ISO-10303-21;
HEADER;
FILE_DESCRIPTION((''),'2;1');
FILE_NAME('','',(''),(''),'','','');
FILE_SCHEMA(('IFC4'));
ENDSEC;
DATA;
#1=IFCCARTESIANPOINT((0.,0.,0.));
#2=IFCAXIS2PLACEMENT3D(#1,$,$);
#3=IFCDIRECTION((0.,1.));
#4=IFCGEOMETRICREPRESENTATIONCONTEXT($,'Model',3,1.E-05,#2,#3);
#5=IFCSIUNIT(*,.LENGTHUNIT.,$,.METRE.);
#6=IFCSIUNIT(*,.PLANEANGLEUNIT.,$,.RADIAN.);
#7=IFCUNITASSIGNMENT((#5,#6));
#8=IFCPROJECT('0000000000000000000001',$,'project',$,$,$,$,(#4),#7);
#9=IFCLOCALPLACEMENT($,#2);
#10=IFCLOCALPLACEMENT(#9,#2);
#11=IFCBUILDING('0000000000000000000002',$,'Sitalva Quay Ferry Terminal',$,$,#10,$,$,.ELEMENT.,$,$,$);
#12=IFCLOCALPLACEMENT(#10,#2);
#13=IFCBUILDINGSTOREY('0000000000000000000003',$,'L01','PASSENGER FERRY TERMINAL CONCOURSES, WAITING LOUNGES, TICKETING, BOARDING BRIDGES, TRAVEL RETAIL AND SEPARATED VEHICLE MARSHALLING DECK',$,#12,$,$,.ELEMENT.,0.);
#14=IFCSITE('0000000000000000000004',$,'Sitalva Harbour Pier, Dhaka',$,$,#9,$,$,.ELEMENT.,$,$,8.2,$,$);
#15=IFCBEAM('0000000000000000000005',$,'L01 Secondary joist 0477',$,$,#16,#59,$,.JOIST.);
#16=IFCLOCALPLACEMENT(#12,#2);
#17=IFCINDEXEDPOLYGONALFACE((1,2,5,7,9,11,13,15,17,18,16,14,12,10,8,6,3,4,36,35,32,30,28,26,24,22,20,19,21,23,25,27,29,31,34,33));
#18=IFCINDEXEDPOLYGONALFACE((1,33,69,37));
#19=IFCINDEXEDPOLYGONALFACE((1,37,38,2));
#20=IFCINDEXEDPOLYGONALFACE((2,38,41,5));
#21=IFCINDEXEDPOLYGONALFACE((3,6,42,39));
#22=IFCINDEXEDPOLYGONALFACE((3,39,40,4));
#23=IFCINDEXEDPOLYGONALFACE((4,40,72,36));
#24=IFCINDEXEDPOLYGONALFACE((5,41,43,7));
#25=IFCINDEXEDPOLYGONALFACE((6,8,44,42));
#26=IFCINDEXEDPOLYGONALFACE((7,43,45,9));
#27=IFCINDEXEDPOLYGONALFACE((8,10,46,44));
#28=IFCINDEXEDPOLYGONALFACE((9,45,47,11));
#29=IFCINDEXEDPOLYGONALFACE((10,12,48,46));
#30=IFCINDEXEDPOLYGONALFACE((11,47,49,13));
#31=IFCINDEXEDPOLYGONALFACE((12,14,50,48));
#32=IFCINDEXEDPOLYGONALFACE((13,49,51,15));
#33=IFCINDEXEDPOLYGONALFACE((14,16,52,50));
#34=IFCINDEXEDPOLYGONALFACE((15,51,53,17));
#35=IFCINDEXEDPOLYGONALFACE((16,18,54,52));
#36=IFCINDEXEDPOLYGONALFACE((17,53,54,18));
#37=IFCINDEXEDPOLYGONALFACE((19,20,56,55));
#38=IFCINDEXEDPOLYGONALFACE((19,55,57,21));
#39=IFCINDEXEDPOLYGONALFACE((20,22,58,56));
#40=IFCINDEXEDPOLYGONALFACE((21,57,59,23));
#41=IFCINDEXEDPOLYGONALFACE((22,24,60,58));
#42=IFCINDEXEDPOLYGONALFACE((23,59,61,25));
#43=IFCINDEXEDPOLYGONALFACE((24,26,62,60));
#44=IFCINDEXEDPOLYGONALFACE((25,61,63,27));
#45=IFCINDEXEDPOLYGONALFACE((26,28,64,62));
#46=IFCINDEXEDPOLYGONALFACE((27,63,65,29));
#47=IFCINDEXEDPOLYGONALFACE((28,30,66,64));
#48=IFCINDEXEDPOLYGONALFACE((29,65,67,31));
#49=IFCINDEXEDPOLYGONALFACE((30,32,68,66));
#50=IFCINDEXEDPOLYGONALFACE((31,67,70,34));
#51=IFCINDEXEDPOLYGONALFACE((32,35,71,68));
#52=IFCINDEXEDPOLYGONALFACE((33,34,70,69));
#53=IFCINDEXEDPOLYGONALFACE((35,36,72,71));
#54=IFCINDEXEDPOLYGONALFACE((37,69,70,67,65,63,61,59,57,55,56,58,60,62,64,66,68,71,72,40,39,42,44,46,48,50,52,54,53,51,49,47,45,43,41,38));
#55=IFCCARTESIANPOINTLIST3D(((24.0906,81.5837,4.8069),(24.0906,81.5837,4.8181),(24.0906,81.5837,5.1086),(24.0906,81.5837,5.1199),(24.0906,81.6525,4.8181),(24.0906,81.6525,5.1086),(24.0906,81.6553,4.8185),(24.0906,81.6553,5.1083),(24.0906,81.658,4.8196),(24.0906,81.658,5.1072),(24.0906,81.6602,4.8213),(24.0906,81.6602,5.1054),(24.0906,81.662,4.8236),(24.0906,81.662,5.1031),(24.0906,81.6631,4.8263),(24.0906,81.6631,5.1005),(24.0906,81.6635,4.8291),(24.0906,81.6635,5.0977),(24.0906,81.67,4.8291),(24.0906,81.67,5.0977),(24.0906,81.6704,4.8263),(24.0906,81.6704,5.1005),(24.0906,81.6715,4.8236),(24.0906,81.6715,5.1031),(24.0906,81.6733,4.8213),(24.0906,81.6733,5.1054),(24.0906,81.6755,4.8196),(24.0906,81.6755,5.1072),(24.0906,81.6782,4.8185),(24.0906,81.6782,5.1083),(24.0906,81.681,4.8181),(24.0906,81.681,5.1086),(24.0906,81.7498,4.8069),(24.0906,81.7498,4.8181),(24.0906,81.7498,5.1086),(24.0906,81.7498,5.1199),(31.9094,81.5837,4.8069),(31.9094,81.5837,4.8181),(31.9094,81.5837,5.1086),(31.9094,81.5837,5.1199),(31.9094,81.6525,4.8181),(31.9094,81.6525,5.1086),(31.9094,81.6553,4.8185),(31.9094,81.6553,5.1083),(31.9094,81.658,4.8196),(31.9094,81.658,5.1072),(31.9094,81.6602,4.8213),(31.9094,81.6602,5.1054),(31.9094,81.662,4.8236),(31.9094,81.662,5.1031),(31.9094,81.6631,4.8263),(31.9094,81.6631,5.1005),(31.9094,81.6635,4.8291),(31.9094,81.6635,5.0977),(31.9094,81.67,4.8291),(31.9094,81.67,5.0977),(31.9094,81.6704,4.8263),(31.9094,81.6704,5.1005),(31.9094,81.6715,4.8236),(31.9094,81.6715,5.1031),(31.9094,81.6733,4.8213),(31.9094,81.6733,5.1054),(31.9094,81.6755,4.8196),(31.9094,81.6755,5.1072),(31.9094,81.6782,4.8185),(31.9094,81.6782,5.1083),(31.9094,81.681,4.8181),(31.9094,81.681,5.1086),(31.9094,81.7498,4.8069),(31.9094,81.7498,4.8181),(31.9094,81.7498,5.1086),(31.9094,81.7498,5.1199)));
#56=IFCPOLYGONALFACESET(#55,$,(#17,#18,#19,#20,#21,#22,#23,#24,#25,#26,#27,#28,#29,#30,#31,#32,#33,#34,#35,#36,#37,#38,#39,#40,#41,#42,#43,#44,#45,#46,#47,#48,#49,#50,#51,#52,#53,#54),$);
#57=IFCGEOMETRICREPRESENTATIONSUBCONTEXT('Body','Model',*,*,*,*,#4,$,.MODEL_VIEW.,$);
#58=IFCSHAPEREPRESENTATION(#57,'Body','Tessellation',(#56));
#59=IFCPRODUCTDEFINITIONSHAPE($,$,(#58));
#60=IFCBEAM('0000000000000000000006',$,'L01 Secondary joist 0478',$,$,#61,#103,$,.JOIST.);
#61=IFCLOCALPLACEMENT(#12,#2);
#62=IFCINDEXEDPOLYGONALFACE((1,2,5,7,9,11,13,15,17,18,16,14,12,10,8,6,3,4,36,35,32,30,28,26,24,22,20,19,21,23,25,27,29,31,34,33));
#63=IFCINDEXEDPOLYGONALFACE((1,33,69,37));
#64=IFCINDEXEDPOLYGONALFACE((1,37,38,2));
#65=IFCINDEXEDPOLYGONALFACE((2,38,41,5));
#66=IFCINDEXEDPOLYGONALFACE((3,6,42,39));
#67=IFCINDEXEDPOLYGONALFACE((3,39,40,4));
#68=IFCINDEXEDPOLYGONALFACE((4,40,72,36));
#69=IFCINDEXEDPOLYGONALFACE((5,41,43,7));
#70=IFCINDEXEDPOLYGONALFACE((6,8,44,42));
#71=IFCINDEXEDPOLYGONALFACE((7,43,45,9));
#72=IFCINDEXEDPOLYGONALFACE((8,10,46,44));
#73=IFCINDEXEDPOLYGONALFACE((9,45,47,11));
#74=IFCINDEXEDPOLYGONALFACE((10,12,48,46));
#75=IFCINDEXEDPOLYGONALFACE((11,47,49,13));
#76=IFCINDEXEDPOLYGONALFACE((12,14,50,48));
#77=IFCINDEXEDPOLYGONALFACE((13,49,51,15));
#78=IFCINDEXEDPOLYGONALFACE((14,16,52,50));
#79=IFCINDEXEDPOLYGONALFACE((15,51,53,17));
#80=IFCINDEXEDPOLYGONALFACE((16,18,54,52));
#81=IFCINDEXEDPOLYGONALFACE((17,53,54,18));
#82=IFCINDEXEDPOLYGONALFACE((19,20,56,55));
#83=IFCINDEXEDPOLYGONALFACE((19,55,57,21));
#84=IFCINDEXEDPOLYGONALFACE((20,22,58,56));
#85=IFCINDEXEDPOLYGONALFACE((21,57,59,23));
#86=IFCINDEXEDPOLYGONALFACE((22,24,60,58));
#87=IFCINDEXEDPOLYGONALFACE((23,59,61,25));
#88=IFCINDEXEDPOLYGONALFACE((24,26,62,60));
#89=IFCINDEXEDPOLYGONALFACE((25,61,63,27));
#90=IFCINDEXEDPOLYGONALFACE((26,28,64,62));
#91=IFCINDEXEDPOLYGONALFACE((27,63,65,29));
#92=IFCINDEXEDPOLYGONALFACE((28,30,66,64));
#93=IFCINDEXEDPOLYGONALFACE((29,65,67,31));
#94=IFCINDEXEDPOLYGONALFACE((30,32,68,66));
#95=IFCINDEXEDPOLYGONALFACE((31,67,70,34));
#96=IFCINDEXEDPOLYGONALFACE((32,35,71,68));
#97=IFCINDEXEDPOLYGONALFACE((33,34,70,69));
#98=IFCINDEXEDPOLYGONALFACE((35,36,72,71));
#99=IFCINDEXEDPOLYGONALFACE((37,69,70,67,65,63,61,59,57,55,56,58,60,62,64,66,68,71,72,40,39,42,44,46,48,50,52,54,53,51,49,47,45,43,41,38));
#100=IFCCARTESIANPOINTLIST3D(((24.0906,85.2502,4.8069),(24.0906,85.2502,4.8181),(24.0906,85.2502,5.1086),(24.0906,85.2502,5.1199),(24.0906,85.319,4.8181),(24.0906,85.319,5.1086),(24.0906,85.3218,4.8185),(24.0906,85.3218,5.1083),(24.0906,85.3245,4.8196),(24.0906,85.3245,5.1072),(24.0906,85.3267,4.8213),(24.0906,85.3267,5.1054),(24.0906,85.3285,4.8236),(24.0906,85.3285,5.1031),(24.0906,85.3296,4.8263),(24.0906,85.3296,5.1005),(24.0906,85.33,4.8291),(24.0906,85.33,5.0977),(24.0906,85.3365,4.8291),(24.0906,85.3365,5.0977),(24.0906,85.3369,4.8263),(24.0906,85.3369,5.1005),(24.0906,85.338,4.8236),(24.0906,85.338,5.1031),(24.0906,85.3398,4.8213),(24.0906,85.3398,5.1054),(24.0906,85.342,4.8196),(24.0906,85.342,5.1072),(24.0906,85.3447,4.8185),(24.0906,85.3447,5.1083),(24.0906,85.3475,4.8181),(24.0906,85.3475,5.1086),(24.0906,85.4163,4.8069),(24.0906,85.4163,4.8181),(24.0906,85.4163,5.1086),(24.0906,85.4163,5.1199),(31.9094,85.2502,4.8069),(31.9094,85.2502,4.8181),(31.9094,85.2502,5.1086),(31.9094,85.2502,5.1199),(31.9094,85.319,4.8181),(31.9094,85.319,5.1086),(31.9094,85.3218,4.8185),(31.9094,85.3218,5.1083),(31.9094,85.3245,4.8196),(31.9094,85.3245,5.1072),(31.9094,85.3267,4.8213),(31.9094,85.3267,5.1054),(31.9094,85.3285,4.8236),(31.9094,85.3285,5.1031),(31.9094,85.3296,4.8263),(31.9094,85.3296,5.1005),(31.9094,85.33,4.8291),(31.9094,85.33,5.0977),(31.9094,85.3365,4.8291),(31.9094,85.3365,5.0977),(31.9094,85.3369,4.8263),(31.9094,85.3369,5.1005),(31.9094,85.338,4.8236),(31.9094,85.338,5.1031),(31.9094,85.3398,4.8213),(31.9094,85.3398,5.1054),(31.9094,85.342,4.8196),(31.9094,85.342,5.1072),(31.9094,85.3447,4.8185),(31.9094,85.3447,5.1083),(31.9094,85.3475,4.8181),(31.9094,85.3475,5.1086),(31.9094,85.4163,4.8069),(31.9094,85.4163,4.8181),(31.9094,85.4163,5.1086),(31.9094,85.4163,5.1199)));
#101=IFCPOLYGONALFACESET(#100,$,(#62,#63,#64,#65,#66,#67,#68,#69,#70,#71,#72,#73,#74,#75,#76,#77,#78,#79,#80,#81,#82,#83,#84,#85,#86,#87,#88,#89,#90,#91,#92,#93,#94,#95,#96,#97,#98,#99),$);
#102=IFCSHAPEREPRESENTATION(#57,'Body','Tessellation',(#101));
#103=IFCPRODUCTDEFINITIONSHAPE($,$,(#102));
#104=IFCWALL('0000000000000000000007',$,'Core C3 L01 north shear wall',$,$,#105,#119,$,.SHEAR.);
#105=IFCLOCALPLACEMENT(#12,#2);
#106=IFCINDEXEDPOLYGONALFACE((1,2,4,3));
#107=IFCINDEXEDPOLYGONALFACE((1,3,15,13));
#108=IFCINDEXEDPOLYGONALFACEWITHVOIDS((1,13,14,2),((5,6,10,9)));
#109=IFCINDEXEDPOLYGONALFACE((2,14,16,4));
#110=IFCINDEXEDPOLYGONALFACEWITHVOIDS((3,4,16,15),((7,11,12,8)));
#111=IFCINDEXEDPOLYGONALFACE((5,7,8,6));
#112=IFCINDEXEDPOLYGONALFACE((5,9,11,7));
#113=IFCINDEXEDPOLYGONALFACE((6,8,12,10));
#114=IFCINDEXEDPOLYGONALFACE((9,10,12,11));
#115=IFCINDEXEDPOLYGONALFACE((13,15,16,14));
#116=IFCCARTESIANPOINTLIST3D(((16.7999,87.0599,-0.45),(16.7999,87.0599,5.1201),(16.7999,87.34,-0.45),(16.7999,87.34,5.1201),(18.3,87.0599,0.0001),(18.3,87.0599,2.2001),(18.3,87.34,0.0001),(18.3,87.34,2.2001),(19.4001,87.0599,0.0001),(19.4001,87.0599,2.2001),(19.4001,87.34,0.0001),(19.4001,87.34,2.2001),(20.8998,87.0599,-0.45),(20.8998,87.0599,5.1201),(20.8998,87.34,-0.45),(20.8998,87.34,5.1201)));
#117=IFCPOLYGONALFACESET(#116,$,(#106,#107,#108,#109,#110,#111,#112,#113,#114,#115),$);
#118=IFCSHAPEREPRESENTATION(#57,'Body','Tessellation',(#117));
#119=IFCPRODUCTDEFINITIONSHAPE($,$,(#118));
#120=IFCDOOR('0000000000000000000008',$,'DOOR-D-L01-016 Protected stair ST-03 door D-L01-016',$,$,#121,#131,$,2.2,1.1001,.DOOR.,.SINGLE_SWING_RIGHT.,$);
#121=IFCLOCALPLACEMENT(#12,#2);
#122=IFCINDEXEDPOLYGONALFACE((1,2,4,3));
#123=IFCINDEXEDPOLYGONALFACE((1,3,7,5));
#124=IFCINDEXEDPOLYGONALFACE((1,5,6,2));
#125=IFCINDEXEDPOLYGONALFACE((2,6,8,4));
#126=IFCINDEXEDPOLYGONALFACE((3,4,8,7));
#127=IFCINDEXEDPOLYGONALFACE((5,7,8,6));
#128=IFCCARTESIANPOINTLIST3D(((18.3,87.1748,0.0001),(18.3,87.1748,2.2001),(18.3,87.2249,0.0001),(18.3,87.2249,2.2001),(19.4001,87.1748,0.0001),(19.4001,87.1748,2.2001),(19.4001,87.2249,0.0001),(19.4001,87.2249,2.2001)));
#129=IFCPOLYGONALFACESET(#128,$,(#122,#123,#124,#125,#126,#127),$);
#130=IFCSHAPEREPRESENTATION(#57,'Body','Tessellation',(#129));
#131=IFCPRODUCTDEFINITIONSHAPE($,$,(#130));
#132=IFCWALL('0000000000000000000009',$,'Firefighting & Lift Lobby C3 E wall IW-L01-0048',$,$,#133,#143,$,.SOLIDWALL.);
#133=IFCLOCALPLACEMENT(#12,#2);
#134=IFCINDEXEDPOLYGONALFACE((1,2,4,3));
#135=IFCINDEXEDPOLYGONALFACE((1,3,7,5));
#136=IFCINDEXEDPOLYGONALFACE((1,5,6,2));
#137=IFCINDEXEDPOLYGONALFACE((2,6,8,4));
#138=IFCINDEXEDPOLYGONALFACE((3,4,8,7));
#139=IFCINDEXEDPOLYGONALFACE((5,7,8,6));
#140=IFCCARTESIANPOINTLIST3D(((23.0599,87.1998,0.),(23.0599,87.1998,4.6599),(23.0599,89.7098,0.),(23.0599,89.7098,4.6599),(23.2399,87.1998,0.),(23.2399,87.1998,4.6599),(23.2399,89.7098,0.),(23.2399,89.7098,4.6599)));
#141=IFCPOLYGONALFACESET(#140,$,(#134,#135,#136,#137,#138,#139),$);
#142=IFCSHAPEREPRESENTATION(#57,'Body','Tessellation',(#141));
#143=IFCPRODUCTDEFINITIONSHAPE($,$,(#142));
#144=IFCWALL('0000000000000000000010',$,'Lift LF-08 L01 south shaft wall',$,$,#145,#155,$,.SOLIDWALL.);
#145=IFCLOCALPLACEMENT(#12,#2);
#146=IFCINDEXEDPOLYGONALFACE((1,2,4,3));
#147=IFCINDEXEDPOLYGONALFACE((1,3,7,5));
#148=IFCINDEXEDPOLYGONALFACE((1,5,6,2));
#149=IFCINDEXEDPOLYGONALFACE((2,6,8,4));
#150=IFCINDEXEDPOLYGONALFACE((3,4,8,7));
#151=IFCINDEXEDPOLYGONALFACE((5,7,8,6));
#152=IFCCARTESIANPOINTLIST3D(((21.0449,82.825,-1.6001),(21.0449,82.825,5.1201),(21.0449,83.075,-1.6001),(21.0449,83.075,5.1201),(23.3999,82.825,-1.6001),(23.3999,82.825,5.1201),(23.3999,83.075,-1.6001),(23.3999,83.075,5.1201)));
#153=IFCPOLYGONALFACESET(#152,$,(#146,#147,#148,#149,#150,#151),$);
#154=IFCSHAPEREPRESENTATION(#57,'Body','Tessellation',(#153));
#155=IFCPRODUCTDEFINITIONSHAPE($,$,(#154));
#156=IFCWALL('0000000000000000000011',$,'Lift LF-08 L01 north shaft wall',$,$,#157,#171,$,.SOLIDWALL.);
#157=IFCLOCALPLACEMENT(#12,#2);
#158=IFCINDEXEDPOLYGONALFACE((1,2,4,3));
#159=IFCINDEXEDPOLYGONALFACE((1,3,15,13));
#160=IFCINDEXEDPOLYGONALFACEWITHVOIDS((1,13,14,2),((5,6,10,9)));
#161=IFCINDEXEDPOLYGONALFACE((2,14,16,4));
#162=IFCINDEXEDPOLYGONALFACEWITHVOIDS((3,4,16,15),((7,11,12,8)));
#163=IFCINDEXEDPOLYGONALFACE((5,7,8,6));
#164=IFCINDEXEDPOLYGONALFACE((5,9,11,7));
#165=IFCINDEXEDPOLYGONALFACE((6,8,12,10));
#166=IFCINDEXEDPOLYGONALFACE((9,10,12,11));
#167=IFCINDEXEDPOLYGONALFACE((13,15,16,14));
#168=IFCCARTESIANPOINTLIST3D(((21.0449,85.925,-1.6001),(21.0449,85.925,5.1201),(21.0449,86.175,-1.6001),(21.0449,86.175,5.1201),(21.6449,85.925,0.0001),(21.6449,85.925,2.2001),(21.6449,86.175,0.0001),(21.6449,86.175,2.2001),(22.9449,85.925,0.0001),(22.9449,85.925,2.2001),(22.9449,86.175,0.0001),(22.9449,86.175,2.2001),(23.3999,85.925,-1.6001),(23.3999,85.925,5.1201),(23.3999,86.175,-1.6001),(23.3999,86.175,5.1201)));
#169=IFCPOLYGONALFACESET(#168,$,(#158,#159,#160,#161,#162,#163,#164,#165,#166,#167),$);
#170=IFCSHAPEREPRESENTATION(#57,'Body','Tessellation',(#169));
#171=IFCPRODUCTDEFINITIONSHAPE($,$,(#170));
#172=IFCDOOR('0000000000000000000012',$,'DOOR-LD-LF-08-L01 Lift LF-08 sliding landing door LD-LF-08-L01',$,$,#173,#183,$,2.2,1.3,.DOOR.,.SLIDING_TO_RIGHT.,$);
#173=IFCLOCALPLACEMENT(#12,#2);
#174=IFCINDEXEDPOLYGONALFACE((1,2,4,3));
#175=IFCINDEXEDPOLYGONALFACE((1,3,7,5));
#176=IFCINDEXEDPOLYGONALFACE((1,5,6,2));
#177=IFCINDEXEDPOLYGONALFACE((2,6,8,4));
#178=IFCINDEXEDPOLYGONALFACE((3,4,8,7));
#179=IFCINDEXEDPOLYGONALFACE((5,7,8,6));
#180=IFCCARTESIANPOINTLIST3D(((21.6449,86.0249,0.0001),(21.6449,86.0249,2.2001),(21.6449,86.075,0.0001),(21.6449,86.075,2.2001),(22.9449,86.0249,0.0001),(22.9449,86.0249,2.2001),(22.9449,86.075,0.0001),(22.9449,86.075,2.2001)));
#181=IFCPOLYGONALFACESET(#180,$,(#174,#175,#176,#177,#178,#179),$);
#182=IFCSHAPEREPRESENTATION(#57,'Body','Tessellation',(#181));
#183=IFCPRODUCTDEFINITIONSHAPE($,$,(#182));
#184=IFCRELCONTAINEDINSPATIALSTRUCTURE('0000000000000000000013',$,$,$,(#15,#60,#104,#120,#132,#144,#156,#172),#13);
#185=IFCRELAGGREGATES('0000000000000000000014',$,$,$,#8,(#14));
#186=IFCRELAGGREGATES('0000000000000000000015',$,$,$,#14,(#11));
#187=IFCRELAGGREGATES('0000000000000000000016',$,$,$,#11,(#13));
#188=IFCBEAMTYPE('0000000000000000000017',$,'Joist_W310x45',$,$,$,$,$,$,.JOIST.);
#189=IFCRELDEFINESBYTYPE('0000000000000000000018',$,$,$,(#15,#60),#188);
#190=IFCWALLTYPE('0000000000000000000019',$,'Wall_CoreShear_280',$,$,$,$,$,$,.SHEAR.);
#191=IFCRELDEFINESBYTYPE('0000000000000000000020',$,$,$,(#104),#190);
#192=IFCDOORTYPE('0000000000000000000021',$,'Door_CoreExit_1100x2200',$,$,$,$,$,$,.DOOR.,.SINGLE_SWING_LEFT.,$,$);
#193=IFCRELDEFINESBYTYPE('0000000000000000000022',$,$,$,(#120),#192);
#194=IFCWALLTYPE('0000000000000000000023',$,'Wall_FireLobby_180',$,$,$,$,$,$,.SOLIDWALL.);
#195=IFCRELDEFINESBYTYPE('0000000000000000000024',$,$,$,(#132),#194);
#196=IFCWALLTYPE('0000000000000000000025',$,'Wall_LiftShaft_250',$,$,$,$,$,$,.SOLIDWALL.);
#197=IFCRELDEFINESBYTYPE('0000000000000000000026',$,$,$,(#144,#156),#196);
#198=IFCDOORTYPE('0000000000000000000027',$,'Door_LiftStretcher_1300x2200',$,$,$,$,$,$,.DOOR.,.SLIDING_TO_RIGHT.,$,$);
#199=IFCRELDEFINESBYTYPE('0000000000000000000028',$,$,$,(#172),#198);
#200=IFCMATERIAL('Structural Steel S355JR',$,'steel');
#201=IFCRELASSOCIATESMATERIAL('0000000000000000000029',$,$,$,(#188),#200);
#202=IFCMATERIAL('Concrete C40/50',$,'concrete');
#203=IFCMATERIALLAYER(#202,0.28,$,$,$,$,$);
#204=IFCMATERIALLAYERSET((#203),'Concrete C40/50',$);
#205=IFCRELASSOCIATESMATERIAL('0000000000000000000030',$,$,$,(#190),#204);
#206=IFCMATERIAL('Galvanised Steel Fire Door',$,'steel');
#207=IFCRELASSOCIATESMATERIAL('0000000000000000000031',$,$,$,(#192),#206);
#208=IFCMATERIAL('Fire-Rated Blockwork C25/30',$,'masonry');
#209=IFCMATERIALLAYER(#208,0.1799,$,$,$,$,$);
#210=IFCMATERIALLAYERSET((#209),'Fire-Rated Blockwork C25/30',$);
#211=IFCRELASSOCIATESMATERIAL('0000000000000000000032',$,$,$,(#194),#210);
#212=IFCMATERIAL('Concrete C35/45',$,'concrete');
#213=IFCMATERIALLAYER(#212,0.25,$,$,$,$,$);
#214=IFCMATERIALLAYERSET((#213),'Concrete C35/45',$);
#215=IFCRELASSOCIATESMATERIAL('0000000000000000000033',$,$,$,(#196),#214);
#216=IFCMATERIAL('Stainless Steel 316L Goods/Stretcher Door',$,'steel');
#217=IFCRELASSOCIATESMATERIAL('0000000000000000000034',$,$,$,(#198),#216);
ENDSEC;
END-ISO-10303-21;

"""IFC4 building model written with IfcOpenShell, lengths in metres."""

from ifc_helpers import new_model, si_unit, direction, frame, frame_2d, origin, origin_2d, place, context, subcontext, project, spatial, rectangle, i_section, extrude, material, layer, layer_set, material_profile, profile_set, type_object, element, fill, save


model = new_model("IFC4")

# Units and contexts
model_context = context("Model", 3, precision=1e-05, world=origin(), true_north=direction((0.0, 1.0)))
body_context = subcontext(model_context, "Body", "Model", "MODEL_VIEW")
ifc_project = project(units=[si_unit("LENGTHUNIT", "METRE"), si_unit("PLANEANGLEUNIT", "RADIAN")], contexts=[model_context])

# Site, building, storey
site_placement = place(None, origin())
site = spatial("IfcSite", under=ifc_project, at=site_placement, Name="Sitalva Harbour Pier, Dhaka", CompositionType="ELEMENT", RefElevation=8.2)
building_placement = place(site_placement, origin())
building = spatial("IfcBuilding", under=site, at=building_placement, Name="Sitalva Quay Ferry Terminal", CompositionType="ELEMENT")
storey_placement = place(building_placement, origin())
storey = spatial("IfcBuildingStorey", under=building, at=storey_placement, Name="L01", Description="PASSENGER FERRY TERMINAL CONCOURSES, WAITING LOUNGES, TICKETING, BOARDING BRIDGES, TRAVEL RETAIL AND SEPARATED VEHICLE MARSHALLING DECK", CompositionType="ELEMENT", Elevation=0.0)

# Beams
ifc_material_1 = material(Name="Structural Steel S355JR", Category="steel")
ifc_material_profile_1 = material_profile(ifc_material_1, i_section(OverallWidth=0.166, OverallDepth=0.313, WebThickness=0.0066, FlangeThickness=0.0112, FilletRadius=0.011, at=origin_2d()), Name="W310x45")
ifc_profile_set_1 = profile_set([ifc_material_profile_1], Name="Structural Steel S355JR")
beam_type = type_object("IfcBeamType", Name="Joist_W310x45", PredefinedType="JOIST", material=ifc_profile_set_1)
for number, where, z_axis, x_axis, name in (
    (1, (24.0906, 81.6667, 4.9634), (1.0, 0.0, 0.0), (0.0, 1.0, 0.0), "L01 Secondary joist 0477"),
    (2, (24.0906, 85.3333, 4.9634), (1.0, 0.0, 0.0), (0.0, 1.0, 0.0), "L01 Secondary joist 0478"),
):
    element("IfcBeam", number, at=place(storey_placement, frame(where, z_axis=z_axis, x_axis=x_axis)), inside=storey, type_object=beam_type, Name=name, PredefinedType="JOIST", context=body_context, shape_type="SweptSolid", body=[
        extrude(i_section(OverallWidth=0.166, OverallDepth=0.313, WebThickness=0.0066, FlangeThickness=0.0112, FilletRadius=0.011, at=origin_2d()), origin(), (0.0, 0.0, 1.0), 7.8188),
    ])

# Wall, opening, door
ifc_material_2 = material(Name="Concrete C40/50", Category="concrete")
ifc_layer_1 = layer(ifc_material_2, 0.28)
ifc_layer_set_1 = layer_set([ifc_layer_1], Name="Concrete C40/50")
wall_type_1 = type_object("IfcWallType", Name="Wall_CoreShear_280", PredefinedType="SHEAR", material=ifc_layer_set_1)
wall_1_placement = place(storey_placement, frame((16.8, 87.2, -0.45), z_axis=(0.0, 0.0, 1.0), x_axis=(1.0, 0.0, 0.0)))
wall_1 = element("IfcWall", 3, at=wall_1_placement, inside=storey, type_object=wall_type_1, Name="Core C3 L01 north shear wall", PredefinedType="SHEAR", context=body_context, shape_type="SweptSolid", body=[
    extrude(rectangle(XDim=4.0999, YDim=0.28, at=frame_2d((2.0498, 0.0))), origin(), (0.0, 0.0, 1.0), 5.5701),
])
opening_1_placement = place(wall_1_placement, frame((1.5, 0.0, 0.45)))
opening_1 = element("IfcOpeningElement", 4, at=opening_1_placement, cuts=wall_1, PredefinedType="OPENING", context=body_context, shape_type="SweptSolid", body=[
    extrude(rectangle(XDim=1.1001, YDim=2.2, at=frame_2d((0.55, 1.1001))), frame((0.0, 0.1499, 0.0), z_axis=(0.0, -1.0, 0.0), x_axis=(1.0, 0.0, 0.0)), (0.0, 0.0, 1.0), 0.3),
])
ifc_material_3 = material(Name="Galvanised Steel Fire Door", Category="steel")
door_type_1 = type_object("IfcDoorType", Name="Door_CoreExit_1100x2200", OperationType="SINGLE_SWING_LEFT", PredefinedType="DOOR", material=ifc_material_3)
door_1_placement = place(opening_1_placement, origin())
door_1 = element("IfcDoor", 5, at=door_1_placement, inside=storey, type_object=door_type_1, Name="DOOR-D-L01-016 Protected stair ST-03 door D-L01-016", OperationType="SINGLE_SWING_RIGHT", OverallHeight=2.2, OverallWidth=1.1001, PredefinedType="DOOR", context=body_context, shape_type="SweptSolid", body=[
    extrude(rectangle(XDim=1.1001, YDim=2.2, at=frame_2d((0.55, 1.1001))), frame((0.0, 0.0249, 0.0), z_axis=(0.0, -1.0, 0.0), x_axis=(1.0, 0.0, 0.0)), (0.0, 0.0, 1.0), 0.05),
])
fill(opening_1, door_1)

# Walls
ifc_material_4 = material(Name="Fire-Rated Blockwork C25/30", Category="masonry")
ifc_layer_2 = layer(ifc_material_4, 0.1799)
ifc_layer_set_2 = layer_set([ifc_layer_2], Name="Fire-Rated Blockwork C25/30")
wall_type_2 = type_object("IfcWallType", Name="Wall_FireLobby_180", PredefinedType="SOLIDWALL", material=ifc_layer_set_2)
wall_2_placement = place(storey_placement, frame((23.1499, 87.2, 0.0), z_axis=(0.0, 0.0, 1.0), x_axis=(0.0, 1.0, 0.0)))
element("IfcWall", 6, at=wall_2_placement, inside=storey, type_object=wall_type_2, Name="Firefighting & Lift Lobby C3 E wall IW-L01-0048", PredefinedType="SOLIDWALL", context=body_context, shape_type="SweptSolid", body=[
    extrude(rectangle(XDim=2.51, YDim=0.1799, at=frame_2d((1.2549, 0.0))), origin(), (0.0, 0.0, 1.0), 4.6599),
])
ifc_material_5 = material(Name="Concrete C35/45", Category="concrete")
ifc_layer_3 = layer(ifc_material_5, 0.25)
ifc_layer_set_3 = layer_set([ifc_layer_3], Name="Concrete C35/45")
wall_type_3 = type_object("IfcWallType", Name="Wall_LiftShaft_250", PredefinedType="SOLIDWALL", material=ifc_layer_set_3)
wall_3_placement = place(storey_placement, frame((21.0449, 82.95, -1.6001), z_axis=(0.0, 0.0, 1.0), x_axis=(1.0, 0.0, 0.0)))
element("IfcWall", 7, at=wall_3_placement, inside=storey, type_object=wall_type_3, Name="Lift LF-08 L01 south shaft wall", PredefinedType="SOLIDWALL", context=body_context, shape_type="SweptSolid", body=[
    extrude(rectangle(XDim=2.355, YDim=0.25, at=frame_2d((1.1775, 0.0))), origin(), (0.0, 0.0, 1.0), 6.7202),
])

# Wall, opening, door
wall_4_placement = place(storey_placement, frame((21.0449, 86.05, -1.6001), z_axis=(0.0, 0.0, 1.0), x_axis=(1.0, 0.0, 0.0)))
wall_4 = element("IfcWall", 8, at=wall_4_placement, inside=storey, type_object=wall_type_3, Name="Lift LF-08 L01 north shaft wall", PredefinedType="SOLIDWALL", context=body_context, shape_type="SweptSolid", body=[
    extrude(rectangle(XDim=2.355, YDim=0.25, at=frame_2d((1.1775, 0.0))), origin(), (0.0, 0.0, 1.0), 6.7202),
])
opening_2_placement = place(wall_4_placement, frame((0.6001, 0.0, 1.6001)))
opening_2 = element("IfcOpeningElement", 9, at=opening_2_placement, cuts=wall_4, PredefinedType="OPENING", context=body_context, shape_type="SweptSolid", body=[
    extrude(rectangle(XDim=1.3, YDim=2.2, at=frame_2d((0.6499, 1.1001))), frame((0.0, 0.135, 0.0), z_axis=(0.0, -1.0, 0.0), x_axis=(1.0, 0.0, 0.0)), (0.0, 0.0, 1.0), 0.27),
])
ifc_material_6 = material(Name="Stainless Steel 316L Goods/Stretcher Door", Category="steel")
door_type_2 = type_object("IfcDoorType", Name="Door_LiftStretcher_1300x2200", OperationType="SLIDING_TO_RIGHT", PredefinedType="DOOR", material=ifc_material_6)
door_2_placement = place(opening_2_placement, origin())
door_2 = element("IfcDoor", 10, at=door_2_placement, inside=storey, type_object=door_type_2, Name="DOOR-LD-LF-08-L01 Lift LF-08 sliding landing door LD-LF-08-L01", OperationType="SLIDING_TO_RIGHT", OverallHeight=2.2, OverallWidth=1.3, PredefinedType="DOOR", context=body_context, shape_type="SweptSolid", body=[
    extrude(rectangle(XDim=1.3, YDim=2.2, at=frame_2d((0.6499, 1.1001))), frame((0.0, 0.0249, 0.0), z_axis=(0.0, -1.0, 0.0), x_axis=(1.0, 0.0, 0.0)), (0.0, 0.0, 1.0), 0.05),
])
fill(opening_2, door_2)

save(model, "model.ifc")
